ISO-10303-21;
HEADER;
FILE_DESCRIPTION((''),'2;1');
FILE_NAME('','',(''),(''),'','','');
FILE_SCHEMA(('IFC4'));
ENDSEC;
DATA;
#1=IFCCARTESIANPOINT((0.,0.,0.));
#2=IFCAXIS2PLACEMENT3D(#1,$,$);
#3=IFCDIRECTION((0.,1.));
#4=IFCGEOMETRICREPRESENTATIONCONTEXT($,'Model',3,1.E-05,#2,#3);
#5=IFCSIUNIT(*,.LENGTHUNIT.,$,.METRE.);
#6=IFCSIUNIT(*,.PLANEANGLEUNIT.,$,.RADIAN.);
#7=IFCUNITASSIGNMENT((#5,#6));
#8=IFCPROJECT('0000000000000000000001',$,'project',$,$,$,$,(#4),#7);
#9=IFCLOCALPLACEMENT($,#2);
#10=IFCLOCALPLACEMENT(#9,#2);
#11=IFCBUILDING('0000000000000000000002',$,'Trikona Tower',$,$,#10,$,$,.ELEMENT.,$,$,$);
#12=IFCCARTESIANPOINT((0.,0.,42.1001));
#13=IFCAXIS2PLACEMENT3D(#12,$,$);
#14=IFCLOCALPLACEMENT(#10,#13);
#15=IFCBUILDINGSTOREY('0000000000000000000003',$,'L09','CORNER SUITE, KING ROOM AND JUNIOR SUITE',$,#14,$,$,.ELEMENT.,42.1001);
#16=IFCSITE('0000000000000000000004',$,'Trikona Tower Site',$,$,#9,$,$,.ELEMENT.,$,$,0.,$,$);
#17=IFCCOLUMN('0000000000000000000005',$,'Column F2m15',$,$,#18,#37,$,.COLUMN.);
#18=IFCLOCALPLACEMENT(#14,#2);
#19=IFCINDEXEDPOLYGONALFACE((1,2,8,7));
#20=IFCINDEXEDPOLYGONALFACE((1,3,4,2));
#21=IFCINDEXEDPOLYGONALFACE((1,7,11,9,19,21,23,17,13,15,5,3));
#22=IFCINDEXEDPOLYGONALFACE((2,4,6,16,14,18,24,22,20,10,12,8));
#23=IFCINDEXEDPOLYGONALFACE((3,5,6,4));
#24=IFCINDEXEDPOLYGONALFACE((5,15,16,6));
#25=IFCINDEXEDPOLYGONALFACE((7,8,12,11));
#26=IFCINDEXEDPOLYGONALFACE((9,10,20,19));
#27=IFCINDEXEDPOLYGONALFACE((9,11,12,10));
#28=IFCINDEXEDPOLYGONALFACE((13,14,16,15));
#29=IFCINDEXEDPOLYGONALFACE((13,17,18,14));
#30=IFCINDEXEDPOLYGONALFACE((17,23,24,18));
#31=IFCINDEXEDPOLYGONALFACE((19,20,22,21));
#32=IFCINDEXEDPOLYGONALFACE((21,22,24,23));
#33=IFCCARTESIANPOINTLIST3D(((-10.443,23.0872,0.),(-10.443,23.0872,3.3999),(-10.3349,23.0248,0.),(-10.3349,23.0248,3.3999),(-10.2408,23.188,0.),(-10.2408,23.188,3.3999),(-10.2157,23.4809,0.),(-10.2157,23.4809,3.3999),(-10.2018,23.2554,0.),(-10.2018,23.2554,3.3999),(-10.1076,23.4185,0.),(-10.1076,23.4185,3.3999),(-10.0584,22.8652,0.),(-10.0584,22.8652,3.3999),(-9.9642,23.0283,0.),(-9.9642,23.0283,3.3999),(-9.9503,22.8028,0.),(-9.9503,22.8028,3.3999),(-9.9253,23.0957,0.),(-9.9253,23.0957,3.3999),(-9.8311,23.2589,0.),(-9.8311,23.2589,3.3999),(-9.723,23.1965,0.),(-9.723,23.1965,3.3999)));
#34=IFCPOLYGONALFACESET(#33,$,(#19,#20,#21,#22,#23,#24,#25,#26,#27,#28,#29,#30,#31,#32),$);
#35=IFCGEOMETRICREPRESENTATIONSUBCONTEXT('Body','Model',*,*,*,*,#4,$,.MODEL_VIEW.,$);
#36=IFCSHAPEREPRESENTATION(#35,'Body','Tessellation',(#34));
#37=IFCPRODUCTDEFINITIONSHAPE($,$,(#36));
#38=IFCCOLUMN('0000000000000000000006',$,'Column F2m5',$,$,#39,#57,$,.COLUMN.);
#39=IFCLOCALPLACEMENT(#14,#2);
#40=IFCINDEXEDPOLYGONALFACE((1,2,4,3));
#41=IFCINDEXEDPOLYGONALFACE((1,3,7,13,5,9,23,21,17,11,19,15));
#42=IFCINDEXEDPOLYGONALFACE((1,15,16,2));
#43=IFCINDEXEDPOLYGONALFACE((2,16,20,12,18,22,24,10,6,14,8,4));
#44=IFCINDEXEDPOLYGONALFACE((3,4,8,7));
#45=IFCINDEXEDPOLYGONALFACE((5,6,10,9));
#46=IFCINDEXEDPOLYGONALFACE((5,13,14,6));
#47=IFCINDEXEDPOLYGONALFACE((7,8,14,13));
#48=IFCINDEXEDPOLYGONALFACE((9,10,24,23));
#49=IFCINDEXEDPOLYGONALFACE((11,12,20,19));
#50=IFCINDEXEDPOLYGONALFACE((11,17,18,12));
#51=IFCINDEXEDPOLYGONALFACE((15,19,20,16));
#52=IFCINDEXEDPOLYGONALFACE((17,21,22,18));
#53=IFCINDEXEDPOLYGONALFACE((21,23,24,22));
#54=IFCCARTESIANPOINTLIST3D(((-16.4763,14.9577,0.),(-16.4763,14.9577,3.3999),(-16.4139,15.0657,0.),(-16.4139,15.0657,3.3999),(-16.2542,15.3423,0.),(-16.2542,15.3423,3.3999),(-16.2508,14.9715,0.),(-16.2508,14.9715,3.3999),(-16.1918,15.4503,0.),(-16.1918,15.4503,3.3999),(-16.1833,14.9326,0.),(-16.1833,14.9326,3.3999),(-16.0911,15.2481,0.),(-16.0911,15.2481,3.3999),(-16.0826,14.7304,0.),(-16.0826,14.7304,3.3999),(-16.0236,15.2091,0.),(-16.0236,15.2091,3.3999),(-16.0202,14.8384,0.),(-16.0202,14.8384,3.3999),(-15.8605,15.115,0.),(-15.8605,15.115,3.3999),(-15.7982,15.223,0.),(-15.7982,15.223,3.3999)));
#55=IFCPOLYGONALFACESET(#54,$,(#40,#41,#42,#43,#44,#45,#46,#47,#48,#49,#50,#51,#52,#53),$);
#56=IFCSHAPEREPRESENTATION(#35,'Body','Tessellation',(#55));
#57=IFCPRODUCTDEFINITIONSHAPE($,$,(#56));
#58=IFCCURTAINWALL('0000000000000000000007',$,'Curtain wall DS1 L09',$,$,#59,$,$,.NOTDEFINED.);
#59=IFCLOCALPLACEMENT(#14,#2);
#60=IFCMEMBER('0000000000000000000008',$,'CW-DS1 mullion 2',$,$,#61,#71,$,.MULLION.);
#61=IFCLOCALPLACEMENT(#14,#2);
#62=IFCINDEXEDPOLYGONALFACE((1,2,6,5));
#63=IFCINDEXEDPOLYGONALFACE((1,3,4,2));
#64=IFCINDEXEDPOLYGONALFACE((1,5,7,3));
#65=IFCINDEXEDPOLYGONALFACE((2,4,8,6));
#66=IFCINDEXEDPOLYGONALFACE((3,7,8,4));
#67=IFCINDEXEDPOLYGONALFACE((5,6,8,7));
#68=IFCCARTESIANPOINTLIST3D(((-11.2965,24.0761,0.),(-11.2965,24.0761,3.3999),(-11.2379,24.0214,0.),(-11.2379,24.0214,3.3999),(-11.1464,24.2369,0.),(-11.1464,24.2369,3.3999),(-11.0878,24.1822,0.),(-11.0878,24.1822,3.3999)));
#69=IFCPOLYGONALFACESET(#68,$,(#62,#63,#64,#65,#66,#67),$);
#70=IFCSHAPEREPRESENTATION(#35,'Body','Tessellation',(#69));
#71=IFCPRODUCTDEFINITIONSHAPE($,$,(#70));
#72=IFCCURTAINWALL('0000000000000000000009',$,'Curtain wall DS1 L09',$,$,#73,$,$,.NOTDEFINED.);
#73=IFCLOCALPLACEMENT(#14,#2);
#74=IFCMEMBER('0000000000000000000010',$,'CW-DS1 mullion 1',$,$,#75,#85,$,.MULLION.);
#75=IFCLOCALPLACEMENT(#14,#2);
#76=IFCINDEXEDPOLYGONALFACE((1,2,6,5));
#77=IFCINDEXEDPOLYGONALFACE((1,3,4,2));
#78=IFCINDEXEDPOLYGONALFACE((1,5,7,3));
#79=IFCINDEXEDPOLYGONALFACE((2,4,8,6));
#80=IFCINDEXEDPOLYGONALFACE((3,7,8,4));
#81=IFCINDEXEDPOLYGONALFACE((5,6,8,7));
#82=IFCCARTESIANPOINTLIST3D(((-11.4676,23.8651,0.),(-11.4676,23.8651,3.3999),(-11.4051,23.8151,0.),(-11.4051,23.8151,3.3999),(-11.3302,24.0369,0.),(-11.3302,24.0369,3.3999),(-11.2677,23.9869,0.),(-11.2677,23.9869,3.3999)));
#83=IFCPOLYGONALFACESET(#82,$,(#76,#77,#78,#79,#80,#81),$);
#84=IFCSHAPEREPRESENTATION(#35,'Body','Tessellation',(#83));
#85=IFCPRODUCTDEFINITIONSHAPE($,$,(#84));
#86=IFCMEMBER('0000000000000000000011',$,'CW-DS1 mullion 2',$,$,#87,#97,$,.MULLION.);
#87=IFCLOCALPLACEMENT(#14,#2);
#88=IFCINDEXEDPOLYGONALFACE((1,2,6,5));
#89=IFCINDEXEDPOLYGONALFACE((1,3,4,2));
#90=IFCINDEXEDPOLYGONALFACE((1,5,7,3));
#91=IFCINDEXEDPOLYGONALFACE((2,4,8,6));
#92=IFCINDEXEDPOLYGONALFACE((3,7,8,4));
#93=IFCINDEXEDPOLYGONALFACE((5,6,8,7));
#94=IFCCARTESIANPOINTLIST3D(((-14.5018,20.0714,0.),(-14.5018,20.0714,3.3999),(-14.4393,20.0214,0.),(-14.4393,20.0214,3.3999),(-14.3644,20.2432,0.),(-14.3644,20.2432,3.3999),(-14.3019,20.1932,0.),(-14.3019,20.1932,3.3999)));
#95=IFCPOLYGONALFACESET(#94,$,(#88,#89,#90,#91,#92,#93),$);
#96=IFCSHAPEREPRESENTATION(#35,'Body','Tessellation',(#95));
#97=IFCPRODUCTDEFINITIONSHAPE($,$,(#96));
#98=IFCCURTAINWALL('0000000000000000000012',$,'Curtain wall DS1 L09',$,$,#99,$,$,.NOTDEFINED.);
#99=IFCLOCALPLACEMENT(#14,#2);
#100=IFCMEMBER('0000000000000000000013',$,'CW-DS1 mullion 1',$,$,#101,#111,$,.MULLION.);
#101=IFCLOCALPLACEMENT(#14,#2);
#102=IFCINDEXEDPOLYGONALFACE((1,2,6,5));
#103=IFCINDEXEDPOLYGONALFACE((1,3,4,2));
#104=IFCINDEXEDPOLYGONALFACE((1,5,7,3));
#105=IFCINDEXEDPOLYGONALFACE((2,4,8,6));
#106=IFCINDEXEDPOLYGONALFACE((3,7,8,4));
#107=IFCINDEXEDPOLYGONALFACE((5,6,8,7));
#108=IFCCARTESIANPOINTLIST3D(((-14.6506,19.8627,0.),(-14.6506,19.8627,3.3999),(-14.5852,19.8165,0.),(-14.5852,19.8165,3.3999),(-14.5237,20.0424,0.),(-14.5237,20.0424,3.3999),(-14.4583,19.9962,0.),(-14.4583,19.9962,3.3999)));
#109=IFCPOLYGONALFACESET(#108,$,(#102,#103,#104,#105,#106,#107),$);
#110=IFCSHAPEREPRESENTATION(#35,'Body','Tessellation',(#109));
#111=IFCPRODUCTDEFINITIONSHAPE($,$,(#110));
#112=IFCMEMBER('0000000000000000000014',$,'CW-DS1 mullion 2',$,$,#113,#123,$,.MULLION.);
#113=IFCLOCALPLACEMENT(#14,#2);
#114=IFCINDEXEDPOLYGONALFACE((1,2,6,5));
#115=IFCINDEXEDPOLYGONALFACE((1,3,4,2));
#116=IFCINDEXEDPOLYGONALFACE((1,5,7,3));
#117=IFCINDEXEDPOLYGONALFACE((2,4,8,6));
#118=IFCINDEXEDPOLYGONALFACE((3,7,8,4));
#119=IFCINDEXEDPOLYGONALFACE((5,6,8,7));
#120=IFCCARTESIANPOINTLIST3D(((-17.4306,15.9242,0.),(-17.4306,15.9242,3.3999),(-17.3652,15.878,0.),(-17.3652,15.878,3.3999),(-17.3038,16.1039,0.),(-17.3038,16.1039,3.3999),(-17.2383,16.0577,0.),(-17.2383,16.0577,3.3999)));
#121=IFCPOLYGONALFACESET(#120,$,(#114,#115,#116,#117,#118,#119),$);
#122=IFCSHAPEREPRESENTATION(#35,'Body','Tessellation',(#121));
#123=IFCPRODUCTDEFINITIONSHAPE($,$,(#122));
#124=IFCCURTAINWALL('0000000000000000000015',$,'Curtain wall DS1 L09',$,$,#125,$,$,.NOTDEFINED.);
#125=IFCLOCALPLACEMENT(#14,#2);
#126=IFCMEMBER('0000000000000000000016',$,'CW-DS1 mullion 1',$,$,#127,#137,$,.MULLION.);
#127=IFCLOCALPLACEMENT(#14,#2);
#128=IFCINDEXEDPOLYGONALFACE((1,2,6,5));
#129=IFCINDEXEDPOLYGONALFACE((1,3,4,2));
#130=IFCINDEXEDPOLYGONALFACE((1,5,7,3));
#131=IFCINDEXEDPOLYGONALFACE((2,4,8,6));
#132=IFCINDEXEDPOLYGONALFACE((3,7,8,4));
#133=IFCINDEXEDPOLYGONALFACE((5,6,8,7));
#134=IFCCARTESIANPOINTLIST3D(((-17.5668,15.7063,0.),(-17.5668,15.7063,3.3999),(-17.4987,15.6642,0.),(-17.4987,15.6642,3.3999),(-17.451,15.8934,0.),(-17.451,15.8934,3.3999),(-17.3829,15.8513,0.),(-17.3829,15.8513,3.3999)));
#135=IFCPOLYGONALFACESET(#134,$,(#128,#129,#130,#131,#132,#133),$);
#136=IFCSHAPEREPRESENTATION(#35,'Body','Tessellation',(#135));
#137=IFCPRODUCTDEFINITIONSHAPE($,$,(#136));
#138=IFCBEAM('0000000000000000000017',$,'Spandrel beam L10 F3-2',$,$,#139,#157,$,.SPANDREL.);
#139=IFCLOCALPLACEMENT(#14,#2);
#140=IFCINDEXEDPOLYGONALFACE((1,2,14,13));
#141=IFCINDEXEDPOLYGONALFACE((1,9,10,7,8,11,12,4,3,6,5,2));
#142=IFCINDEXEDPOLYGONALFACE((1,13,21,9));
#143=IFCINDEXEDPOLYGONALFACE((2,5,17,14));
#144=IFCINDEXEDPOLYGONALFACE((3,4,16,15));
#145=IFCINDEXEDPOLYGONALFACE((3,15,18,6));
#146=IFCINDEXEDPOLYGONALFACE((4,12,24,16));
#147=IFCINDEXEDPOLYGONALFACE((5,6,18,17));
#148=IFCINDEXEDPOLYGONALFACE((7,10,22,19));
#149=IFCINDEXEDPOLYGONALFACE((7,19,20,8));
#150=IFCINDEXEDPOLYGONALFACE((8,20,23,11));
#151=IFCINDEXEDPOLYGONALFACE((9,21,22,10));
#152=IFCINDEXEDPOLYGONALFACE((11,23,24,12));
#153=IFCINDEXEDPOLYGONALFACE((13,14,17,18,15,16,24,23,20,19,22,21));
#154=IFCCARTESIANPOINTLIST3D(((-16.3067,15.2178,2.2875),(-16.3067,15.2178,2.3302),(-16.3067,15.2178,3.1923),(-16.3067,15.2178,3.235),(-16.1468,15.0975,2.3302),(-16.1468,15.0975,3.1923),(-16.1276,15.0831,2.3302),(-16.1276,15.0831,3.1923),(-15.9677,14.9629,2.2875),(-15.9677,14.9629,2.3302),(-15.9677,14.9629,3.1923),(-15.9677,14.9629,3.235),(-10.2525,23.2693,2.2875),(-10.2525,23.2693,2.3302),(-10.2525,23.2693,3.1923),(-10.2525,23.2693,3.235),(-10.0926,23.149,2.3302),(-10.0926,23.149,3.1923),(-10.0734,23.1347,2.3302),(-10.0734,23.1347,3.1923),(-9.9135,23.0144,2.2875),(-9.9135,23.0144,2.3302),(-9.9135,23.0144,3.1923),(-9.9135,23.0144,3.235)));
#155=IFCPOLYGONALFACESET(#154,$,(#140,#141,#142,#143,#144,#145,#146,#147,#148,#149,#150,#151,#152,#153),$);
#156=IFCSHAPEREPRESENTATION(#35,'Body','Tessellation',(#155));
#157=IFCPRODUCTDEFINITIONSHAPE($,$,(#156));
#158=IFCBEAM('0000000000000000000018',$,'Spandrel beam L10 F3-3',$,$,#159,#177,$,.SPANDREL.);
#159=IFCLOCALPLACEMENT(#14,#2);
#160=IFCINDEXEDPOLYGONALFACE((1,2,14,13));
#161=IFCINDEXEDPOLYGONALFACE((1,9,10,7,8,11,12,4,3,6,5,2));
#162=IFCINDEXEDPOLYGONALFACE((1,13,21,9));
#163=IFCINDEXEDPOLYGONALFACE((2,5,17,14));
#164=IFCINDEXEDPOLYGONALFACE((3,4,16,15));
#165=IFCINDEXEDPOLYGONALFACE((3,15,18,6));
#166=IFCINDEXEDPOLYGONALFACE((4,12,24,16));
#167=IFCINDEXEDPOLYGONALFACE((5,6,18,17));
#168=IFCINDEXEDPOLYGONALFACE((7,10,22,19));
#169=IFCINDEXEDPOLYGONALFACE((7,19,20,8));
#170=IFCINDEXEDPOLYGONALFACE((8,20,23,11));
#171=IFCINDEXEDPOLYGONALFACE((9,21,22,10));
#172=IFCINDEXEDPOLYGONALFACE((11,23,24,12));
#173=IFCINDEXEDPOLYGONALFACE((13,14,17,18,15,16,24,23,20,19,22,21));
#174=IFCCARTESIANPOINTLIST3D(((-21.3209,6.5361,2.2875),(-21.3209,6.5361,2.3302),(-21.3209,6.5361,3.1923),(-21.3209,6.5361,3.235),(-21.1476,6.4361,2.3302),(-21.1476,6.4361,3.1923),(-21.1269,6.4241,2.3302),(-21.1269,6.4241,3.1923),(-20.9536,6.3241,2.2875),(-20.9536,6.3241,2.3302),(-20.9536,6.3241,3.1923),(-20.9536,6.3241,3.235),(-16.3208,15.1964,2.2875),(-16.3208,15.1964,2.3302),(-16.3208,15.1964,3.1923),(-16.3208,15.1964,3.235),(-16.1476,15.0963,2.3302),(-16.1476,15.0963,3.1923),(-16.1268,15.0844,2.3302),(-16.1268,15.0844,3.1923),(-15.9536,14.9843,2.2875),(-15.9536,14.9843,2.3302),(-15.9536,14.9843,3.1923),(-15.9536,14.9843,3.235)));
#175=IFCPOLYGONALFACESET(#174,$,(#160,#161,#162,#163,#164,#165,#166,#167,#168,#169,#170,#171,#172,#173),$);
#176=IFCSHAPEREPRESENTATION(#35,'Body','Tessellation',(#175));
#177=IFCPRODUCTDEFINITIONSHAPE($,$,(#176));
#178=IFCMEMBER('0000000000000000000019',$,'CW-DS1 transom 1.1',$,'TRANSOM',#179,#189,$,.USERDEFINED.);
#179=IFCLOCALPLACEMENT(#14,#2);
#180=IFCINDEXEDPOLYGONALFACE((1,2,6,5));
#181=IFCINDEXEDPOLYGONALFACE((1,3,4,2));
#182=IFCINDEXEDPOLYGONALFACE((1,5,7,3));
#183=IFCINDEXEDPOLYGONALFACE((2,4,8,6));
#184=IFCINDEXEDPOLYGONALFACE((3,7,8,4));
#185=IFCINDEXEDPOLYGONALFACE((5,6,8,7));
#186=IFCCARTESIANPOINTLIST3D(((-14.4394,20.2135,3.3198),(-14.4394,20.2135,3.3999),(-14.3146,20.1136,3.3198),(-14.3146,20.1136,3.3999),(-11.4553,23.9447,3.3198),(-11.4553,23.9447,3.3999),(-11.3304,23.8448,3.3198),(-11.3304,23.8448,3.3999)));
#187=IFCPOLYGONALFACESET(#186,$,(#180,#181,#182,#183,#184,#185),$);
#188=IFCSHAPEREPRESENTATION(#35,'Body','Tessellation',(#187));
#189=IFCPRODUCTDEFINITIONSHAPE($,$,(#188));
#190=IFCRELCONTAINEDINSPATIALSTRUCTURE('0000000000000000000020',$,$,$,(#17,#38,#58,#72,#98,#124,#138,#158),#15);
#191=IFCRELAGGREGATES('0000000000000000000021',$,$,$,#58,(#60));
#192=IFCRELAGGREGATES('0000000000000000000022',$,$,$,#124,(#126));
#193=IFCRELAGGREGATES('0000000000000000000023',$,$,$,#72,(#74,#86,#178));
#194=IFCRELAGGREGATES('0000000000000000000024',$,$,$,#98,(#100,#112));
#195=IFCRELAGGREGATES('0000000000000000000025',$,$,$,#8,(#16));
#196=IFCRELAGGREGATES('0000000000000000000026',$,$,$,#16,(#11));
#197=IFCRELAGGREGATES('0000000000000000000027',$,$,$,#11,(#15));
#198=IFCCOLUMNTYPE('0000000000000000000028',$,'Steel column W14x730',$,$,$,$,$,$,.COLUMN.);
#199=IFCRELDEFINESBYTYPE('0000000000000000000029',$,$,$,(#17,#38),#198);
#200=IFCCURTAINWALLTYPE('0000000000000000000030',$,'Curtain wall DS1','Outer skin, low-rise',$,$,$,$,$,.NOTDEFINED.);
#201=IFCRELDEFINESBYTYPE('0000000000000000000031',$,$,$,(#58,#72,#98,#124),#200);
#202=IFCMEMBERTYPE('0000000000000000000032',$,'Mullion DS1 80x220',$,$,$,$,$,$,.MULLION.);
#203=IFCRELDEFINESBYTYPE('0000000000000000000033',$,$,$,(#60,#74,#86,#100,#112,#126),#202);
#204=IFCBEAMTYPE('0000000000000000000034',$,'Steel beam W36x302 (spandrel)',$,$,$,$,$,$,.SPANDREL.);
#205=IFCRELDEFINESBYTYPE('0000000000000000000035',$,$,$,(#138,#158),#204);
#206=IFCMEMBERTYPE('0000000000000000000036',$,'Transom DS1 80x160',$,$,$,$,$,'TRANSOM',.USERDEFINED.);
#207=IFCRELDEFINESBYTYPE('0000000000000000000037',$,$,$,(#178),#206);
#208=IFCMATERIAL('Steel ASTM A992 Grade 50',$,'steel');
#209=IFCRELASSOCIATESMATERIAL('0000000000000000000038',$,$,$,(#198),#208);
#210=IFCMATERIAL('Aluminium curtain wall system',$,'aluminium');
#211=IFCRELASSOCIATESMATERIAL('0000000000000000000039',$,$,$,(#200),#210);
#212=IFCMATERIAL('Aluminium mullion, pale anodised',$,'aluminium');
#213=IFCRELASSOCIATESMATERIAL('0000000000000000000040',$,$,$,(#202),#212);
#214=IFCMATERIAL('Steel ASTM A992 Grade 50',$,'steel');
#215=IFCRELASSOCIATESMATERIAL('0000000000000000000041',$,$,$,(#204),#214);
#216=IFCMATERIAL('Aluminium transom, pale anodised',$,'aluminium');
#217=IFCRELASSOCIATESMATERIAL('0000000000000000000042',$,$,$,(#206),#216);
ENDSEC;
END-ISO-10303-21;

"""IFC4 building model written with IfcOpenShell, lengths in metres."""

from ifc_helpers import new_model, si_unit, direction, frame, origin, origin_2d, place, context, subcontext, project, spatial, rectangle, i_section, extrude, material, material_profile, profile_set, type_object, element, aggregate, save


model = new_model("IFC4")

# Units and contexts
model_context = context("Model", 3, precision=1e-05, world=origin(), true_north=direction((0.0, 1.0)))
body_context = subcontext(model_context, "Body", "Model", "MODEL_VIEW")
ifc_project = project(units=[si_unit("LENGTHUNIT", "METRE"), si_unit("PLANEANGLEUNIT", "RADIAN")], contexts=[model_context])

# Site, building, storey
site_placement = place(None, origin())
site = spatial("IfcSite", under=ifc_project, at=site_placement, Name="Trikona Tower Site", CompositionType="ELEMENT", RefElevation=0.0)
building_placement = place(site_placement, origin())
building = spatial("IfcBuilding", under=site, at=building_placement, Name="Trikona Tower", CompositionType="ELEMENT")
storey_placement = place(building_placement, frame((0.0, 0.0, 42.1001)))
storey = spatial("IfcBuildingStorey", under=building, at=storey_placement, Name="L09", Description="CORNER SUITE, KING ROOM AND JUNIOR SUITE", CompositionType="ELEMENT", Elevation=42.1001)

# Columns
ifc_material_1 = material(Name="Steel ASTM A992 Grade 50", Category="steel")
ifc_material_profile_1 = material_profile(ifc_material_1, i_section(OverallWidth=0.4546, OverallDepth=0.5688, WebThickness=0.0779, FlangeThickness=0.1248, at=origin_2d()), Name="W14X730")
ifc_profile_set_1 = profile_set([ifc_material_profile_1], Name="Steel ASTM A992 Grade 50")
column_type = type_object("IfcColumnType", Name="Steel column W14x730", PredefinedType="COLUMN", material=ifc_profile_set_1)
for number, where, z_axis, x_axis, name in (
    (1, (-10.083, 23.1418, 0.0), (0.0, 0.0, 1.0), (-0.5, -0.866025, 0.0), "Column F2m15"),
    (2, (-16.1372, 15.0903, 0.0), (0.0, 0.0, 1.0), (-0.866025, 0.5, 0.0), "Column F2m5"),
):
    element("IfcColumn", number, at=place(storey_placement, frame(where, z_axis=z_axis, x_axis=x_axis)), inside=storey, type_object=column_type, Name=name, PredefinedType="COLUMN", context=body_context, shape_type="SweptSolid", body=[
        extrude(i_section(OverallWidth=0.4546, OverallDepth=0.5688, WebThickness=0.0779, FlangeThickness=0.1248, at=origin_2d()), origin(), (0.0, 0.0, 1.0), 3.3999),
    ])

# Curtain wall, member
ifc_material_2 = material(Name="Aluminium curtain wall system", Category="aluminium")
curtain_wall_type = type_object("IfcCurtainWallType", Name="Curtain wall DS1", Description="Outer skin, low-rise", PredefinedType="NOTDEFINED", material=ifc_material_2)
curtain_wall_1_placement = place(storey_placement, origin())
curtain_wall_1 = element("IfcCurtainWall", 3, at=curtain_wall_1_placement, inside=storey, type_object=curtain_wall_type, Name="Curtain wall DS1 L09", PredefinedType="NOTDEFINED")
ifc_material_3 = material(Name="Aluminium mullion, pale anodised", Category="aluminium")
ifc_material_profile_2 = material_profile(ifc_material_3, rectangle(XDim=0.0801, YDim=0.22, at=origin_2d()), Name="MUL-DS1")
ifc_profile_set_2 = profile_set([ifc_material_profile_2], Name="Aluminium mullion, pale anodised")
member_type_1 = type_object("IfcMemberType", Name="Mullion DS1 80x220", PredefinedType="MULLION", material=ifc_profile_set_2)
member_1_placement = place(storey_placement, frame((-11.1921, 24.1292, 0.0), z_axis=(0.0, 0.0, 1.0), x_axis=(0.731077, -0.682295, 0.0)))
member_1 = element("IfcMember", 4, at=member_1_placement, type_object=member_type_1, Name="CW-DS1 mullion 2", PredefinedType="MULLION", context=body_context, shape_type="SweptSolid", body=[
    extrude(rectangle(XDim=0.0801, YDim=0.22, at=origin_2d()), origin(), (0.0, 0.0, 1.0), 3.3999),
])
aggregate(curtain_wall_1, [member_1])

# Curtain walls, members
curtain_wall_2_placement = place(storey_placement, origin())
curtain_wall_2 = element("IfcCurtainWall", 5, at=curtain_wall_2_placement, inside=storey, type_object=curtain_wall_type, Name="Curtain wall DS1 L09", PredefinedType="NOTDEFINED")
member_2_placement = place(storey_placement, frame((-11.3677, 23.926, 0.0), z_axis=(0.0, 0.0, 1.0), x_axis=(0.780938, -0.624609, 0.0)))
member_2 = element("IfcMember", 6, at=member_2_placement, type_object=member_type_1, Name="CW-DS1 mullion 1", PredefinedType="MULLION", context=body_context, shape_type="SweptSolid", body=[
    extrude(rectangle(XDim=0.0801, YDim=0.22, at=origin_2d()), origin(), (0.0, 0.0, 1.0), 3.3999),
])
member_3_placement = place(storey_placement, frame((-14.4019, 20.1323, 0.0), z_axis=(0.0, 0.0, 1.0), x_axis=(0.780938, -0.624609, 0.0)))
member_3 = element("IfcMember", 7, at=member_3_placement, type_object=member_type_1, Name="CW-DS1 mullion 2", PredefinedType="MULLION", context=body_context, shape_type="SweptSolid", body=[
    extrude(rectangle(XDim=0.0801, YDim=0.22, at=origin_2d()), origin(), (0.0, 0.0, 1.0), 3.3999),
])
curtain_wall_3_placement = place(storey_placement, origin())
curtain_wall_3 = element("IfcCurtainWall", 8, at=curtain_wall_3_placement, inside=storey, type_object=curtain_wall_type, Name="Curtain wall DS1 L09", PredefinedType="NOTDEFINED")
member_4_placement = place(storey_placement, frame((-14.5544, 19.9294, 0.0), z_axis=(0.0, 0.0, 1.0), x_axis=(0.816985, -0.576658, 0.0)))
member_4 = element("IfcMember", 9, at=member_4_placement, type_object=member_type_1, Name="CW-DS1 mullion 1", PredefinedType="MULLION", context=body_context, shape_type="SweptSolid", body=[
    extrude(rectangle(XDim=0.0801, YDim=0.22, at=origin_2d()), origin(), (0.0, 0.0, 1.0), 3.3999),
])
member_5_placement = place(storey_placement, frame((-17.3345, 15.991, 0.0), z_axis=(0.0, 0.0, 1.0), x_axis=(0.816985, -0.576658, 0.0)))
member_5 = element("IfcMember", 10, at=member_5_placement, type_object=member_type_1, Name="CW-DS1 mullion 2", PredefinedType="MULLION", context=body_context, shape_type="SweptSolid", body=[
    extrude(rectangle(XDim=0.0801, YDim=0.22, at=origin_2d()), origin(), (0.0, 0.0, 1.0), 3.3999),
])

# Curtain wall, member
curtain_wall_4_placement = place(storey_placement, origin())
curtain_wall_4 = element("IfcCurtainWall", 11, at=curtain_wall_4_placement, inside=storey, type_object=curtain_wall_type, Name="Curtain wall DS1 L09", PredefinedType="NOTDEFINED")
member_6_placement = place(storey_placement, frame((-17.4749, 15.7788, 0.0), z_axis=(0.0, 0.0, 1.0), x_axis=(0.85041, -0.52612, 0.0)))
member_6 = element("IfcMember", 12, at=member_6_placement, type_object=member_type_1, Name="CW-DS1 mullion 1", PredefinedType="MULLION", context=body_context, shape_type="SweptSolid", body=[
    extrude(rectangle(XDim=0.0801, YDim=0.22, at=origin_2d()), origin(), (0.0, 0.0, 1.0), 3.3999),
])

# Beams
ifc_material_4 = material(Name="Steel ASTM A992 Grade 50", Category="steel")
ifc_material_profile_3 = material_profile(ifc_material_4, i_section(OverallWidth=0.4241, OverallDepth=0.9475, WebThickness=0.0239, FlangeThickness=0.0427, at=origin_2d()), Name="W36X302")
ifc_profile_set_3 = profile_set([ifc_material_profile_3], Name="Steel ASTM A992 Grade 50")
beam_type = type_object("IfcBeamType", Name="Steel beam W36x302 (spandrel)", PredefinedType="SPANDREL", material=ifc_profile_set_3)
beam_1_placement = place(storey_placement, frame((-10.083, 23.1418, 2.7612), z_axis=(-0.600988, -0.799258, 0.0), x_axis=(0.799258, -0.600988, 0.0)))
element("IfcBeam", 13, at=beam_1_placement, inside=storey, type_object=beam_type, Name="Spandrel beam L10 F3-2", PredefinedType="SPANDREL", context=body_context, shape_type="SweptSolid", body=[
    extrude(i_section(OverallWidth=0.4241, OverallDepth=0.9475, WebThickness=0.0239, FlangeThickness=0.0427, at=origin_2d()), origin(), (0.0, 0.0, 1.0), 10.0737),
])
beam_2_placement = place(storey_placement, frame((-16.1372, 15.0903, 2.7612), z_axis=(-0.500004, -0.866023, 0.0), x_axis=(0.866023, -0.500004, 0.0)))
element("IfcBeam", 14, at=beam_2_placement, inside=storey, type_object=beam_type, Name="Spandrel beam L10 F3-3", PredefinedType="SPANDREL", context=body_context, shape_type="SweptSolid", body=[
    extrude(i_section(OverallWidth=0.4241, OverallDepth=0.9475, WebThickness=0.0239, FlangeThickness=0.0427, at=origin_2d()), origin(), (0.0, 0.0, 1.0), 10.0),
])

# Member
ifc_material_5 = material(Name="Aluminium transom, pale anodised", Category="aluminium")
ifc_material_profile_4 = material_profile(ifc_material_5, rectangle(XDim=0.1599, YDim=0.0801, at=origin_2d()), Name="TRN-DS1")
ifc_profile_set_4 = profile_set([ifc_material_profile_4], Name="Aluminium transom, pale anodised")
member_type_2 = type_object("IfcMemberType", Name="Transom DS1 80x160", ElementType="TRANSOM", PredefinedType="USERDEFINED", material=ifc_profile_set_4)
member_7_placement = place(storey_placement, frame((-11.3928, 23.8948, 3.3599), z_axis=(-0.624589, -0.780954, 0.0), x_axis=(0.780954, -0.624589, 0.0)))
member_7 = element("IfcMember", 15, at=member_7_placement, type_object=member_type_2, Name="CW-DS1 transom 1.1", ObjectType="TRANSOM", PredefinedType="USERDEFINED", context=body_context, shape_type="SweptSolid", body=[
    extrude(rectangle(XDim=0.1599, YDim=0.0801, at=origin_2d()), origin(), (0.0, 0.0, 1.0), 4.7778),
])
aggregate(curtain_wall_4, [member_6])

aggregate(curtain_wall_2, [member_2, member_3, member_7])
aggregate(curtain_wall_3, [member_4, member_5])

save(model, "model.ifc")
